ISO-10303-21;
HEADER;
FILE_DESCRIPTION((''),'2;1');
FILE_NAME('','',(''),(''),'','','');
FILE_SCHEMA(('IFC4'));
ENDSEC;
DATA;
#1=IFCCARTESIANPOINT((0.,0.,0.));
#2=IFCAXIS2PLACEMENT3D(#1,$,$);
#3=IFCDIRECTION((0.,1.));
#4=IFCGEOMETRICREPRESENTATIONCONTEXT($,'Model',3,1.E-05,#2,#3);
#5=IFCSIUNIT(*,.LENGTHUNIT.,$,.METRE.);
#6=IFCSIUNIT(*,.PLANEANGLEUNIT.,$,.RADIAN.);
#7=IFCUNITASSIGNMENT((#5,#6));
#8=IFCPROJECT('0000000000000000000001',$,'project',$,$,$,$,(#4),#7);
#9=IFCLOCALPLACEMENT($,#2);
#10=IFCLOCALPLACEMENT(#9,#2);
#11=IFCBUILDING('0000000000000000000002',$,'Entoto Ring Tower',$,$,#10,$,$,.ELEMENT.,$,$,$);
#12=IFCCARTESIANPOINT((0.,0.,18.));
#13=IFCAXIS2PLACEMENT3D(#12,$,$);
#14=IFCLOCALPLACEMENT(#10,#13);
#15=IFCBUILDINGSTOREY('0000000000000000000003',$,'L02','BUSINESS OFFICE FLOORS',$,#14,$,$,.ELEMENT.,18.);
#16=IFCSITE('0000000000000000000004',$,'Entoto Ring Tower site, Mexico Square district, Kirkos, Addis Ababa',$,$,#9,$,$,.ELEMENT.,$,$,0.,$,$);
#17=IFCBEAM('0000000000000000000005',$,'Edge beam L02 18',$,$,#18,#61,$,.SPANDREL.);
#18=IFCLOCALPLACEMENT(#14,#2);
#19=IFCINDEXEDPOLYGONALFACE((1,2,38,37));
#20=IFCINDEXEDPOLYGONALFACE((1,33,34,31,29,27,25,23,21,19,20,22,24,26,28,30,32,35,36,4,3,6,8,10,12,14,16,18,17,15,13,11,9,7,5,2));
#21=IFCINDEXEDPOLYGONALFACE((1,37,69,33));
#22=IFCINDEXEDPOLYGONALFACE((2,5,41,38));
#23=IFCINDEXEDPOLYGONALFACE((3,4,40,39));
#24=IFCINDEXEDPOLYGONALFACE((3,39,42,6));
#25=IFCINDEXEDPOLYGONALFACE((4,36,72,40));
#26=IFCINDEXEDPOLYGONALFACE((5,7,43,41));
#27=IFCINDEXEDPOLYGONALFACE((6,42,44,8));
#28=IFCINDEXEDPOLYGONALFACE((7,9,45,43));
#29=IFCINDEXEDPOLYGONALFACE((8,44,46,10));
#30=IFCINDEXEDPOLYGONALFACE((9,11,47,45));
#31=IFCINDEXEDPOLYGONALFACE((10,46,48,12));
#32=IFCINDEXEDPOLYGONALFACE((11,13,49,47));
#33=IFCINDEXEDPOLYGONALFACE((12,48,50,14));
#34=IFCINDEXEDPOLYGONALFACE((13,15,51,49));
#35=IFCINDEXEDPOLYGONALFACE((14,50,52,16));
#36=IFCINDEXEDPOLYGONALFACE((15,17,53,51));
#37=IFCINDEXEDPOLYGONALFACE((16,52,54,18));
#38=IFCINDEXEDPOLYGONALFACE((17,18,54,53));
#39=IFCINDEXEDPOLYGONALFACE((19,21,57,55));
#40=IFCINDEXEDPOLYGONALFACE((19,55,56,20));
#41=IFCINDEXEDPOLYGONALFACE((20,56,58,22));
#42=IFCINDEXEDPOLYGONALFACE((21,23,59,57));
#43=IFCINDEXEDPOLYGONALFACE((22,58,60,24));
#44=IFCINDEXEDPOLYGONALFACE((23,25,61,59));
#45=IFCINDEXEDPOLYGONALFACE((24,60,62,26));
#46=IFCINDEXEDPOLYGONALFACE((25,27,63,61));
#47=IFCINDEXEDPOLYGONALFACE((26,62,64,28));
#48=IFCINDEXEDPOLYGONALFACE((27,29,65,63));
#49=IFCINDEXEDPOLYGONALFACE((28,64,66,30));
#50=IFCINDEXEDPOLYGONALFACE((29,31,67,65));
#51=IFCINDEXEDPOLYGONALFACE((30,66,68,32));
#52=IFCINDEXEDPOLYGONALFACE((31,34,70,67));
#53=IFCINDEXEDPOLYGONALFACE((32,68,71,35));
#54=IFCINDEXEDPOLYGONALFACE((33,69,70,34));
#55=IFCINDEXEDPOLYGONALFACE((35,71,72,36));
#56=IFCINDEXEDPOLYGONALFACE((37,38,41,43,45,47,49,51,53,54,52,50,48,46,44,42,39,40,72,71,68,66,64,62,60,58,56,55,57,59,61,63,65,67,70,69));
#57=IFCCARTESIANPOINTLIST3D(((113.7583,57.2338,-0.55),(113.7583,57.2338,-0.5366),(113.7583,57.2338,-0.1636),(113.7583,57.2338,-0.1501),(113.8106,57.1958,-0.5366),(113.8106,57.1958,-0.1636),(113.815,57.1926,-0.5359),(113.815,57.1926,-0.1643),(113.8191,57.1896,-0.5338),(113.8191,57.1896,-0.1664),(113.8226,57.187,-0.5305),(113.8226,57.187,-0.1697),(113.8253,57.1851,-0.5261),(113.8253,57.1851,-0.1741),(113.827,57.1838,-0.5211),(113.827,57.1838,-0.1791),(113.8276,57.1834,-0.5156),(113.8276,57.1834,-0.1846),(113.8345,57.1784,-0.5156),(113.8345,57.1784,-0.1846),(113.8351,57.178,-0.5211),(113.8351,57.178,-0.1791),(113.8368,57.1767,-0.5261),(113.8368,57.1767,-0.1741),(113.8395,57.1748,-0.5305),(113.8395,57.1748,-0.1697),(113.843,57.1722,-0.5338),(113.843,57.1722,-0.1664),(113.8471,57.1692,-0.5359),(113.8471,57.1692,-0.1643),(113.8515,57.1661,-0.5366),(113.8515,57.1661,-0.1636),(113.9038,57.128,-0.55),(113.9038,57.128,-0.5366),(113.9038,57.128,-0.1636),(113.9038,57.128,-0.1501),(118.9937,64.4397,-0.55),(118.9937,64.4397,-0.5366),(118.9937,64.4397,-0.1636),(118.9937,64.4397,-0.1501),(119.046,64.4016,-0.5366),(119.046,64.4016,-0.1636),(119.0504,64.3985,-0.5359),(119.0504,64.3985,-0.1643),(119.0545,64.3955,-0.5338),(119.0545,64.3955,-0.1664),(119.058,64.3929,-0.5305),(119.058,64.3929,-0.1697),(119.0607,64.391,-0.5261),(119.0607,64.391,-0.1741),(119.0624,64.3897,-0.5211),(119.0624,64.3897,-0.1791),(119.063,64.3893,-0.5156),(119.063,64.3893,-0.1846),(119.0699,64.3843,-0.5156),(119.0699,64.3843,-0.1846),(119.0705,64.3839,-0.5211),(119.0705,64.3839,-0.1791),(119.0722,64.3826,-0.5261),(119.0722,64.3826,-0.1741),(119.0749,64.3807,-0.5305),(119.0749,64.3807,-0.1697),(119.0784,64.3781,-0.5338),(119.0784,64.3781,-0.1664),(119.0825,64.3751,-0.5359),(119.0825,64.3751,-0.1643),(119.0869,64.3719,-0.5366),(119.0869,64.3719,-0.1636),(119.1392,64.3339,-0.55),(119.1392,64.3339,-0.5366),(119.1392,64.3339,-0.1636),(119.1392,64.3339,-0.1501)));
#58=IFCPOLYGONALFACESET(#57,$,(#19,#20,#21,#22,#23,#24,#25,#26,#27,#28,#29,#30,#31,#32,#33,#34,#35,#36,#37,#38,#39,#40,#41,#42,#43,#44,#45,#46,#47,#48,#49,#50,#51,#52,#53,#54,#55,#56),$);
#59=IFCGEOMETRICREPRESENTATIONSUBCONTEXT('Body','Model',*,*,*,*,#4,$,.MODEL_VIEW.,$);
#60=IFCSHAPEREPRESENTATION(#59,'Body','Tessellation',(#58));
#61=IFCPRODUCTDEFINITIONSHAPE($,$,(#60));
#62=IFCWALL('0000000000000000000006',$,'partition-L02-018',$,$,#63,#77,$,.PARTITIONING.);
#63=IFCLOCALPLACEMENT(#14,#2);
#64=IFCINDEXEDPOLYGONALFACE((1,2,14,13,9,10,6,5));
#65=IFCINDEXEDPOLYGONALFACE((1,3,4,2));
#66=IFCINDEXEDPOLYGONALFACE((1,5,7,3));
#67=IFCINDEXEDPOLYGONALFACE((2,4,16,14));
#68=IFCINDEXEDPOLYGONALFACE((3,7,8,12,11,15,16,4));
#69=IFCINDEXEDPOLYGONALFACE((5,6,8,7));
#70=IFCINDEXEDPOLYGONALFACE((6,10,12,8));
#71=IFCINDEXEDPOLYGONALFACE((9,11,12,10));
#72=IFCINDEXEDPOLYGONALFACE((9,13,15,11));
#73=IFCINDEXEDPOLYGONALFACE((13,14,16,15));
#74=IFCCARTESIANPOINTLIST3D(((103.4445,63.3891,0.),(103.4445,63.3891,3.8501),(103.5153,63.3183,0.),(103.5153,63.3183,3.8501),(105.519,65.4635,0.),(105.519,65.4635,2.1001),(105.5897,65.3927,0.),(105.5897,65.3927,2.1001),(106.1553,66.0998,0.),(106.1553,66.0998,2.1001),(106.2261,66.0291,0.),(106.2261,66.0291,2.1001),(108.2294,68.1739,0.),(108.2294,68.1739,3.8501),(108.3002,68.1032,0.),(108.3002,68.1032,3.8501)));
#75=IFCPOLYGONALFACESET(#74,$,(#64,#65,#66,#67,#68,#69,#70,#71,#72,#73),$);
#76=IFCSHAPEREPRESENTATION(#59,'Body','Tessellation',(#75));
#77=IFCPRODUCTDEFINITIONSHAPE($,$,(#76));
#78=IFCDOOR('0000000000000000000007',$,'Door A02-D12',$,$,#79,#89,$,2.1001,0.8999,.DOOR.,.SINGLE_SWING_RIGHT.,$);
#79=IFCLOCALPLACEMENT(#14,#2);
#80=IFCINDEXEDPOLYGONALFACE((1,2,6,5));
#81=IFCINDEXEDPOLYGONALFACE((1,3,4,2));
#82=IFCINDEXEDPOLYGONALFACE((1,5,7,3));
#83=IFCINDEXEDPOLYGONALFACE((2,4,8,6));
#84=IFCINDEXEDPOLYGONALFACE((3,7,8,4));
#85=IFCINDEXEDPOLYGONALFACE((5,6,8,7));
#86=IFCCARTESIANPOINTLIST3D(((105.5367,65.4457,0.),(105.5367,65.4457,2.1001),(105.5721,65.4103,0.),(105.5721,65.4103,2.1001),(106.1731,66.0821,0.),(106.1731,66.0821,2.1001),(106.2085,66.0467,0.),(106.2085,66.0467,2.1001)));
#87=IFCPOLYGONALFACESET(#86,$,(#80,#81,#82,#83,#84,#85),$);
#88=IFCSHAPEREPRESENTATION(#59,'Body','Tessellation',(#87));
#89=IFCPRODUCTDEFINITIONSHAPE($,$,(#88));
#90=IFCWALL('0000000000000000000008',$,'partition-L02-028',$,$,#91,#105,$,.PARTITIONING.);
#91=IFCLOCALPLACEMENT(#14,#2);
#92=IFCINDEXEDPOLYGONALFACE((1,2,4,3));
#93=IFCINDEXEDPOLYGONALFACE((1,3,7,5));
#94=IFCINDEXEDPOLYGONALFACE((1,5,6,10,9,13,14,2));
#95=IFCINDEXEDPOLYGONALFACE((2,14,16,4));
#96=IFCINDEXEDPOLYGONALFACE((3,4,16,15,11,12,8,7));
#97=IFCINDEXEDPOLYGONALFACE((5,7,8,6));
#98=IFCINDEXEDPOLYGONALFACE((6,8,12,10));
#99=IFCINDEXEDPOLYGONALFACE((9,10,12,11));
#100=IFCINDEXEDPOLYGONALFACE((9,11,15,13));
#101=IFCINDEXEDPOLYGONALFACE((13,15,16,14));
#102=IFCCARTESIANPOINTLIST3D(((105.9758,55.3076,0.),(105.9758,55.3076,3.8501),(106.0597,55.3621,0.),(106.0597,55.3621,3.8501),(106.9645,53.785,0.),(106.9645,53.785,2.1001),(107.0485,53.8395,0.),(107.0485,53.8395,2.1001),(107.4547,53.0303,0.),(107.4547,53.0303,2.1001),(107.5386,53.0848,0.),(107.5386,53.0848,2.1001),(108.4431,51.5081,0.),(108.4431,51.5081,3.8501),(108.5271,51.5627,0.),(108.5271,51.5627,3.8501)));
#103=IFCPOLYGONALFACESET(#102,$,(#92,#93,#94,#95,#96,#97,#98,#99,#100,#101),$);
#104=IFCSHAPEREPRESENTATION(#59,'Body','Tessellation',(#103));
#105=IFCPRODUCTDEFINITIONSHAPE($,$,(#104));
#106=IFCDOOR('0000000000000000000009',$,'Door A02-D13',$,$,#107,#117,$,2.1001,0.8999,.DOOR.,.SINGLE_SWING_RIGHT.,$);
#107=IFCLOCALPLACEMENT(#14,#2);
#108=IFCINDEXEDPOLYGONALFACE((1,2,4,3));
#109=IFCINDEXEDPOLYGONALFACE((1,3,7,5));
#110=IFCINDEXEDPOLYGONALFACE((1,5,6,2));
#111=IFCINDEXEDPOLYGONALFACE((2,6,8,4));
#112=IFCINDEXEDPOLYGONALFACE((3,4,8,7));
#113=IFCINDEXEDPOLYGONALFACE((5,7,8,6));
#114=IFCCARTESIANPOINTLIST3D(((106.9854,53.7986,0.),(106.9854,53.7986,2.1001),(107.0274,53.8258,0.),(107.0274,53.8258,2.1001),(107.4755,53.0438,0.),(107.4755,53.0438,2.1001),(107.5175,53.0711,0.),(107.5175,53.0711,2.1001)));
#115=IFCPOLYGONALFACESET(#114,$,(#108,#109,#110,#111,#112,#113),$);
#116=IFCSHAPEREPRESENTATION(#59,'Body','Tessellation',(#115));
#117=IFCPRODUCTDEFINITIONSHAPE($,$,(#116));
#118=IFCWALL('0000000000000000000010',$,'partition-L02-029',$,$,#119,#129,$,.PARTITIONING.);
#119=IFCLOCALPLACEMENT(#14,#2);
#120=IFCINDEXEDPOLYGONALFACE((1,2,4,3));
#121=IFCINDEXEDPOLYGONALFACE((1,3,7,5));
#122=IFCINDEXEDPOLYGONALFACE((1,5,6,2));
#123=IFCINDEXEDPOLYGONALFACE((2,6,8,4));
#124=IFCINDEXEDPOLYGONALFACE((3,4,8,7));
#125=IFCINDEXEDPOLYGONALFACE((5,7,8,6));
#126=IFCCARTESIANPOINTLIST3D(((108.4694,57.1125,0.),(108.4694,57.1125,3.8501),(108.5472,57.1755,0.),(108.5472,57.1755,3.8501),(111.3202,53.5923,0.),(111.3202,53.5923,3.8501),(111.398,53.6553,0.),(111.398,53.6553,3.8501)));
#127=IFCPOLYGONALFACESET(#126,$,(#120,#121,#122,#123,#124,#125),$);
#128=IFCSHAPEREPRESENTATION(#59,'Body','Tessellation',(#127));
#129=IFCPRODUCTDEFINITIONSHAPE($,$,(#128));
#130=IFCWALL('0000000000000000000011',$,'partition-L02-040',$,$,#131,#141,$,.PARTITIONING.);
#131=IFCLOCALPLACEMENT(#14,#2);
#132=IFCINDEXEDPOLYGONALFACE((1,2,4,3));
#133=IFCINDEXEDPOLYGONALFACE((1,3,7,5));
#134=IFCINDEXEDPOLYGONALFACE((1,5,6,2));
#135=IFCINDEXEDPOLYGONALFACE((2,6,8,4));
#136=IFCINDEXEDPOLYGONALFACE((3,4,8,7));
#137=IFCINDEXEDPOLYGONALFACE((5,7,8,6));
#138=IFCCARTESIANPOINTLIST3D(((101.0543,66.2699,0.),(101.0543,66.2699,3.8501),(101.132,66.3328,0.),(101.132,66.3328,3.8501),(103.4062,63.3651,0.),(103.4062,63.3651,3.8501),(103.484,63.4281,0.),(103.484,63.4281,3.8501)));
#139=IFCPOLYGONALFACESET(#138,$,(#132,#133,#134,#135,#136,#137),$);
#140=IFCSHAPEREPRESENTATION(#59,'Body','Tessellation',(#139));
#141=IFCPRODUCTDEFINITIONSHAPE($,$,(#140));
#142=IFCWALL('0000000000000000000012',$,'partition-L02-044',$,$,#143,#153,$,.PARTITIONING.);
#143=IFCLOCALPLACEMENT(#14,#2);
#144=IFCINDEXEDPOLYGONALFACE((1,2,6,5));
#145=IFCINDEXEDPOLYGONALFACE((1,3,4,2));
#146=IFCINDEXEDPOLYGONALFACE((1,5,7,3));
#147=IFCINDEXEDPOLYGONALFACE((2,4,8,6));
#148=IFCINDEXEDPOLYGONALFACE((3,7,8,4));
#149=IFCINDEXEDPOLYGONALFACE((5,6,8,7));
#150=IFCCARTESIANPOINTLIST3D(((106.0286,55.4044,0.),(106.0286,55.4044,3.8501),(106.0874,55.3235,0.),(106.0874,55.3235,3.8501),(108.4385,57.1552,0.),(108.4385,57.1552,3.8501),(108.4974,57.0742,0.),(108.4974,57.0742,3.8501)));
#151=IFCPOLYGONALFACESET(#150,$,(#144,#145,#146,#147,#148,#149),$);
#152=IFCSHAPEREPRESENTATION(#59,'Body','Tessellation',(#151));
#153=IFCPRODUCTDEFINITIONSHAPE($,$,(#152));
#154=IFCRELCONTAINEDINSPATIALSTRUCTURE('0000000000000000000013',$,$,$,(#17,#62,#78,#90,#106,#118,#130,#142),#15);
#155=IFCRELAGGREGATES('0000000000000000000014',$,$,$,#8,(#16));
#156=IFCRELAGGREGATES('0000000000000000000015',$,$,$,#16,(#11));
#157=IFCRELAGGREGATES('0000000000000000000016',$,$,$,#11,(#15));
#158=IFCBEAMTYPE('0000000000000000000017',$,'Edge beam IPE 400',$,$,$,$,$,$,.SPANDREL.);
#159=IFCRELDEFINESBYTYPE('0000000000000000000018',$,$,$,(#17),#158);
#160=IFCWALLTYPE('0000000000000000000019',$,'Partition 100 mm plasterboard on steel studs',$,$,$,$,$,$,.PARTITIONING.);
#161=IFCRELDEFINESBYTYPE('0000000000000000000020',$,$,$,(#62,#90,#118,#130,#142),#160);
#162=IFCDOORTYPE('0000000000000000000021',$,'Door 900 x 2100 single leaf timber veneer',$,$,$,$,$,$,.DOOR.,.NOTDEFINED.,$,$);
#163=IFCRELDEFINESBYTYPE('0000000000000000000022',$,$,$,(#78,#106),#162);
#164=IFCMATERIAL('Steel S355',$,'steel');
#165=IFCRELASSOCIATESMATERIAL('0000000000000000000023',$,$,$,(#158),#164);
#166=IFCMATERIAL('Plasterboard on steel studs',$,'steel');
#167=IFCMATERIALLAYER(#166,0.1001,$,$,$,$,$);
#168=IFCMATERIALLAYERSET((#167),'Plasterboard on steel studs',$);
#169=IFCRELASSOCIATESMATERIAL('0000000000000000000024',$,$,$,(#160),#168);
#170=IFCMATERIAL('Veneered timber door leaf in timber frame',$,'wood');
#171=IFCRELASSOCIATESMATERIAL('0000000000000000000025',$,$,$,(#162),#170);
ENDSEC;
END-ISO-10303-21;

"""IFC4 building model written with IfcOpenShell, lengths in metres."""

from ifc_helpers import new_model, si_unit, direction, frame, frame_2d, origin, origin_2d, place, context, subcontext, project, spatial, rectangle, i_section, extrude, material, layer, layer_set, material_profile, profile_set, type_object, element, fill, save


model = new_model("IFC4")

# Units and contexts
model_context = context("Model", 3, precision=1e-05, world=origin(), true_north=direction((0.0, 1.0)))
body_context = subcontext(model_context, "Body", "Model", "MODEL_VIEW")
ifc_project = project(units=[si_unit("LENGTHUNIT", "METRE"), si_unit("PLANEANGLEUNIT", "RADIAN")], contexts=[model_context])

# Site, building, storey
site_placement = place(None, origin())
site = spatial("IfcSite", under=ifc_project, at=site_placement, Name="Entoto Ring Tower site, Mexico Square district, Kirkos, Addis Ababa", CompositionType="ELEMENT", RefElevation=0.0)
building_placement = place(site_placement, origin())
building = spatial("IfcBuilding", under=site, at=building_placement, Name="Entoto Ring Tower", CompositionType="ELEMENT")
storey_placement = place(building_placement, frame((0.0, 0.0, 18.0)))
storey = spatial("IfcBuildingStorey", under=building, at=storey_placement, Name="L02", Description="BUSINESS OFFICE FLOORS", CompositionType="ELEMENT", Elevation=18.0)

# Beam
ifc_material_1 = material(Name="Steel S355", Category="steel")
ifc_material_profile_1 = material_profile(ifc_material_1, i_section(OverallWidth=0.1799, OverallDepth=0.3999, WebThickness=0.0085, FlangeThickness=0.0134, FilletRadius=0.021, at=origin_2d()), Name="IPE 400")
ifc_profile_set_1 = profile_set([ifc_material_profile_1], Name="Steel S355")
beam_type = type_object("IfcBeamType", Name="Edge beam IPE 400", PredefinedType="SPANDREL", material=ifc_profile_set_1)
for number, where, z_axis, x_axis, name in (
    (1, (113.8311, 57.1809, -0.3501), (0.587787, 0.809016, 0.0), (-0.809016, 0.587787, 0.0), "Edge beam L02 18"),
):
    element("IfcBeam", number, at=place(storey_placement, frame(where, z_axis=z_axis, x_axis=x_axis)), inside=storey, type_object=beam_type, Name=name, PredefinedType="SPANDREL", context=body_context, shape_type="SweptSolid", body=[
        extrude(i_section(OverallWidth=0.1799, OverallDepth=0.3999, WebThickness=0.0085, FlangeThickness=0.0134, FilletRadius=0.021, at=origin_2d()), origin(), (0.0, 0.0, 1.0), 8.907),
    ])

# Walls, openings, doors
ifc_material_2 = material(Name="Plasterboard on steel studs", Category="steel")
ifc_layer = layer(ifc_material_2, 0.1001)
ifc_layer_set = layer_set([ifc_layer], Name="Plasterboard on steel studs")
wall_type = type_object("IfcWallType", Name="Partition 100 mm plasterboard on steel studs", PredefinedType="PARTITIONING", material=ifc_layer_set)
wall_1_placement = place(storey_placement, frame((103.48, 63.3538, 0.0), z_axis=(0.0, 0.0, 1.0), x_axis=(0.707107, 0.707107, 0.0)))
wall_1 = element("IfcWall", 2, at=wall_1_placement, inside=storey, type_object=wall_type, Name="partition-L02-018", PredefinedType="PARTITIONING", context=body_context, shape_type="SweptSolid", body=[
    extrude(rectangle(XDim=6.7668, YDim=0.1001, at=frame_2d((3.3833, 0.0))), origin(), (0.0, 0.0, 1.0), 3.8501),
])
opening_1_placement = place(wall_1_placement, frame((2.9336, 0.0, 0.0)))
opening_1 = element("IfcOpeningElement", 3, at=opening_1_placement, cuts=wall_1, PredefinedType="OPENING", context=body_context, shape_type="SweptSolid", body=[
    extrude(rectangle(XDim=0.8999, YDim=2.1001, at=frame_2d((0.45, 1.05))), frame((0.0, 0.0601, 0.0), z_axis=(0.0, -1.0, 0.0), x_axis=(1.0, 0.0, 0.0)), (0.0, 0.0, 1.0), 0.1201),
])
ifc_material_3 = material(Name="Veneered timber door leaf in timber frame", Category="wood")
door_type = type_object("IfcDoorType", Name="Door 900 x 2100 single leaf timber veneer", OperationType="NOTDEFINED", PredefinedType="DOOR", material=ifc_material_3)
door_1_placement = place(opening_1_placement, origin())
door_1 = element("IfcDoor", 4, at=door_1_placement, inside=storey, type_object=door_type, Name="Door A02-D12", OperationType="SINGLE_SWING_RIGHT", OverallHeight=2.1001, OverallWidth=0.8999, PredefinedType="DOOR", context=body_context, shape_type="SweptSolid", body=[
    extrude(rectangle(XDim=0.8999, YDim=2.1001, at=frame_2d((0.45, 1.05))), frame((0.0, 0.0249, 0.0), z_axis=(0.0, -1.0, 0.0), x_axis=(1.0, 0.0, 0.0)), (0.0, 0.0, 1.0), 0.05),
])
fill(opening_1, door_1)
wall_2_placement = place(storey_placement, frame((108.4851, 51.5354, 0.0), z_axis=(0.0, 0.0, 1.0), x_axis=(-0.544636, 0.838673, 0.0)))
wall_2 = element("IfcWall", 5, at=wall_2_placement, inside=storey, type_object=wall_type, Name="partition-L02-028", PredefinedType="PARTITIONING", context=body_context, shape_type="SweptSolid", body=[
    extrude(rectangle(XDim=4.5303, YDim=0.1001, at=frame_2d((2.2651, 0.0))), origin(), (0.0, 0.0, 1.0), 3.8501),
])
opening_2_placement = place(wall_2_placement, frame((1.8149, 0.0, 0.0)))
opening_2 = element("IfcOpeningElement", 6, at=opening_2_placement, cuts=wall_2, PredefinedType="OPENING", context=body_context, shape_type="SweptSolid", body=[
    extrude(rectangle(XDim=0.8999, YDim=2.1001, at=frame_2d((0.45, 1.05))), frame((0.0, 0.0601, 0.0), z_axis=(0.0, -1.0, 0.0), x_axis=(1.0, 0.0, 0.0)), (0.0, 0.0, 1.0), 0.1201),
])
door_2_placement = place(opening_2_placement, frame((0.8999, 0.0, 0.0), z_axis=(0.0, 0.0, 1.0), x_axis=(-1.0, 0.0, 0.0)))
door_2 = element("IfcDoor", 7, at=door_2_placement, inside=storey, type_object=door_type, Name="Door A02-D13", OperationType="SINGLE_SWING_RIGHT", OverallHeight=2.1001, OverallWidth=0.8999, PredefinedType="DOOR", context=body_context, shape_type="SweptSolid", body=[
    extrude(rectangle(XDim=0.8999, YDim=2.1001, at=frame_2d((0.45, 1.05))), frame((0.0, 0.0249, 0.0), z_axis=(0.0, -1.0, 0.0), x_axis=(1.0, 0.0, 0.0)), (0.0, 0.0, 1.0), 0.05),
])
fill(opening_2, door_2)

# Walls
wall_3_placement = place(storey_placement, frame((111.3591, 53.6238, 0.0), z_axis=(0.0, 0.0, 1.0), x_axis=(-0.629344, 0.777127, 0.0)))
element("IfcWall", 8, at=wall_3_placement, inside=storey, type_object=wall_type, Name="partition-L02-029", PredefinedType="PARTITIONING", context=body_context, shape_type="SweptSolid", body=[
    extrude(rectangle(XDim=4.5298, YDim=0.1001, at=frame_2d((2.2649, 0.0))), origin(), (0.0, 0.0, 1.0), 3.8501),
])
wall_4_placement = place(storey_placement, frame((103.4451, 63.3967, 0.0), z_axis=(0.0, 0.0, 1.0), x_axis=(-0.629288, 0.777172, 0.0)))
element("IfcWall", 9, at=wall_4_placement, inside=storey, type_object=wall_type, Name="partition-L02-040", PredefinedType="PARTITIONING", context=body_context, shape_type="SweptSolid", body=[
    extrude(rectangle(XDim=3.7375, YDim=0.1001, at=frame_2d((1.8687, 0.0))), origin(), (0.0, 0.0, 1.0), 3.8501),
])
wall_5_placement = place(storey_placement, frame((106.0581, 55.364, 0.0), z_axis=(0.0, 0.0, 1.0), x_axis=(0.809044, 0.587748, 0.0)))
element("IfcWall", 10, at=wall_5_placement, inside=storey, type_object=wall_type, Name="partition-L02-044", PredefinedType="PARTITIONING", context=body_context, shape_type="SweptSolid", body=[
    extrude(rectangle(XDim=2.9788, YDim=0.1001, at=frame_2d((1.4893, 0.0))), origin(), (0.0, 0.0, 1.0), 3.8501),
])

save(model, "model.ifc")
